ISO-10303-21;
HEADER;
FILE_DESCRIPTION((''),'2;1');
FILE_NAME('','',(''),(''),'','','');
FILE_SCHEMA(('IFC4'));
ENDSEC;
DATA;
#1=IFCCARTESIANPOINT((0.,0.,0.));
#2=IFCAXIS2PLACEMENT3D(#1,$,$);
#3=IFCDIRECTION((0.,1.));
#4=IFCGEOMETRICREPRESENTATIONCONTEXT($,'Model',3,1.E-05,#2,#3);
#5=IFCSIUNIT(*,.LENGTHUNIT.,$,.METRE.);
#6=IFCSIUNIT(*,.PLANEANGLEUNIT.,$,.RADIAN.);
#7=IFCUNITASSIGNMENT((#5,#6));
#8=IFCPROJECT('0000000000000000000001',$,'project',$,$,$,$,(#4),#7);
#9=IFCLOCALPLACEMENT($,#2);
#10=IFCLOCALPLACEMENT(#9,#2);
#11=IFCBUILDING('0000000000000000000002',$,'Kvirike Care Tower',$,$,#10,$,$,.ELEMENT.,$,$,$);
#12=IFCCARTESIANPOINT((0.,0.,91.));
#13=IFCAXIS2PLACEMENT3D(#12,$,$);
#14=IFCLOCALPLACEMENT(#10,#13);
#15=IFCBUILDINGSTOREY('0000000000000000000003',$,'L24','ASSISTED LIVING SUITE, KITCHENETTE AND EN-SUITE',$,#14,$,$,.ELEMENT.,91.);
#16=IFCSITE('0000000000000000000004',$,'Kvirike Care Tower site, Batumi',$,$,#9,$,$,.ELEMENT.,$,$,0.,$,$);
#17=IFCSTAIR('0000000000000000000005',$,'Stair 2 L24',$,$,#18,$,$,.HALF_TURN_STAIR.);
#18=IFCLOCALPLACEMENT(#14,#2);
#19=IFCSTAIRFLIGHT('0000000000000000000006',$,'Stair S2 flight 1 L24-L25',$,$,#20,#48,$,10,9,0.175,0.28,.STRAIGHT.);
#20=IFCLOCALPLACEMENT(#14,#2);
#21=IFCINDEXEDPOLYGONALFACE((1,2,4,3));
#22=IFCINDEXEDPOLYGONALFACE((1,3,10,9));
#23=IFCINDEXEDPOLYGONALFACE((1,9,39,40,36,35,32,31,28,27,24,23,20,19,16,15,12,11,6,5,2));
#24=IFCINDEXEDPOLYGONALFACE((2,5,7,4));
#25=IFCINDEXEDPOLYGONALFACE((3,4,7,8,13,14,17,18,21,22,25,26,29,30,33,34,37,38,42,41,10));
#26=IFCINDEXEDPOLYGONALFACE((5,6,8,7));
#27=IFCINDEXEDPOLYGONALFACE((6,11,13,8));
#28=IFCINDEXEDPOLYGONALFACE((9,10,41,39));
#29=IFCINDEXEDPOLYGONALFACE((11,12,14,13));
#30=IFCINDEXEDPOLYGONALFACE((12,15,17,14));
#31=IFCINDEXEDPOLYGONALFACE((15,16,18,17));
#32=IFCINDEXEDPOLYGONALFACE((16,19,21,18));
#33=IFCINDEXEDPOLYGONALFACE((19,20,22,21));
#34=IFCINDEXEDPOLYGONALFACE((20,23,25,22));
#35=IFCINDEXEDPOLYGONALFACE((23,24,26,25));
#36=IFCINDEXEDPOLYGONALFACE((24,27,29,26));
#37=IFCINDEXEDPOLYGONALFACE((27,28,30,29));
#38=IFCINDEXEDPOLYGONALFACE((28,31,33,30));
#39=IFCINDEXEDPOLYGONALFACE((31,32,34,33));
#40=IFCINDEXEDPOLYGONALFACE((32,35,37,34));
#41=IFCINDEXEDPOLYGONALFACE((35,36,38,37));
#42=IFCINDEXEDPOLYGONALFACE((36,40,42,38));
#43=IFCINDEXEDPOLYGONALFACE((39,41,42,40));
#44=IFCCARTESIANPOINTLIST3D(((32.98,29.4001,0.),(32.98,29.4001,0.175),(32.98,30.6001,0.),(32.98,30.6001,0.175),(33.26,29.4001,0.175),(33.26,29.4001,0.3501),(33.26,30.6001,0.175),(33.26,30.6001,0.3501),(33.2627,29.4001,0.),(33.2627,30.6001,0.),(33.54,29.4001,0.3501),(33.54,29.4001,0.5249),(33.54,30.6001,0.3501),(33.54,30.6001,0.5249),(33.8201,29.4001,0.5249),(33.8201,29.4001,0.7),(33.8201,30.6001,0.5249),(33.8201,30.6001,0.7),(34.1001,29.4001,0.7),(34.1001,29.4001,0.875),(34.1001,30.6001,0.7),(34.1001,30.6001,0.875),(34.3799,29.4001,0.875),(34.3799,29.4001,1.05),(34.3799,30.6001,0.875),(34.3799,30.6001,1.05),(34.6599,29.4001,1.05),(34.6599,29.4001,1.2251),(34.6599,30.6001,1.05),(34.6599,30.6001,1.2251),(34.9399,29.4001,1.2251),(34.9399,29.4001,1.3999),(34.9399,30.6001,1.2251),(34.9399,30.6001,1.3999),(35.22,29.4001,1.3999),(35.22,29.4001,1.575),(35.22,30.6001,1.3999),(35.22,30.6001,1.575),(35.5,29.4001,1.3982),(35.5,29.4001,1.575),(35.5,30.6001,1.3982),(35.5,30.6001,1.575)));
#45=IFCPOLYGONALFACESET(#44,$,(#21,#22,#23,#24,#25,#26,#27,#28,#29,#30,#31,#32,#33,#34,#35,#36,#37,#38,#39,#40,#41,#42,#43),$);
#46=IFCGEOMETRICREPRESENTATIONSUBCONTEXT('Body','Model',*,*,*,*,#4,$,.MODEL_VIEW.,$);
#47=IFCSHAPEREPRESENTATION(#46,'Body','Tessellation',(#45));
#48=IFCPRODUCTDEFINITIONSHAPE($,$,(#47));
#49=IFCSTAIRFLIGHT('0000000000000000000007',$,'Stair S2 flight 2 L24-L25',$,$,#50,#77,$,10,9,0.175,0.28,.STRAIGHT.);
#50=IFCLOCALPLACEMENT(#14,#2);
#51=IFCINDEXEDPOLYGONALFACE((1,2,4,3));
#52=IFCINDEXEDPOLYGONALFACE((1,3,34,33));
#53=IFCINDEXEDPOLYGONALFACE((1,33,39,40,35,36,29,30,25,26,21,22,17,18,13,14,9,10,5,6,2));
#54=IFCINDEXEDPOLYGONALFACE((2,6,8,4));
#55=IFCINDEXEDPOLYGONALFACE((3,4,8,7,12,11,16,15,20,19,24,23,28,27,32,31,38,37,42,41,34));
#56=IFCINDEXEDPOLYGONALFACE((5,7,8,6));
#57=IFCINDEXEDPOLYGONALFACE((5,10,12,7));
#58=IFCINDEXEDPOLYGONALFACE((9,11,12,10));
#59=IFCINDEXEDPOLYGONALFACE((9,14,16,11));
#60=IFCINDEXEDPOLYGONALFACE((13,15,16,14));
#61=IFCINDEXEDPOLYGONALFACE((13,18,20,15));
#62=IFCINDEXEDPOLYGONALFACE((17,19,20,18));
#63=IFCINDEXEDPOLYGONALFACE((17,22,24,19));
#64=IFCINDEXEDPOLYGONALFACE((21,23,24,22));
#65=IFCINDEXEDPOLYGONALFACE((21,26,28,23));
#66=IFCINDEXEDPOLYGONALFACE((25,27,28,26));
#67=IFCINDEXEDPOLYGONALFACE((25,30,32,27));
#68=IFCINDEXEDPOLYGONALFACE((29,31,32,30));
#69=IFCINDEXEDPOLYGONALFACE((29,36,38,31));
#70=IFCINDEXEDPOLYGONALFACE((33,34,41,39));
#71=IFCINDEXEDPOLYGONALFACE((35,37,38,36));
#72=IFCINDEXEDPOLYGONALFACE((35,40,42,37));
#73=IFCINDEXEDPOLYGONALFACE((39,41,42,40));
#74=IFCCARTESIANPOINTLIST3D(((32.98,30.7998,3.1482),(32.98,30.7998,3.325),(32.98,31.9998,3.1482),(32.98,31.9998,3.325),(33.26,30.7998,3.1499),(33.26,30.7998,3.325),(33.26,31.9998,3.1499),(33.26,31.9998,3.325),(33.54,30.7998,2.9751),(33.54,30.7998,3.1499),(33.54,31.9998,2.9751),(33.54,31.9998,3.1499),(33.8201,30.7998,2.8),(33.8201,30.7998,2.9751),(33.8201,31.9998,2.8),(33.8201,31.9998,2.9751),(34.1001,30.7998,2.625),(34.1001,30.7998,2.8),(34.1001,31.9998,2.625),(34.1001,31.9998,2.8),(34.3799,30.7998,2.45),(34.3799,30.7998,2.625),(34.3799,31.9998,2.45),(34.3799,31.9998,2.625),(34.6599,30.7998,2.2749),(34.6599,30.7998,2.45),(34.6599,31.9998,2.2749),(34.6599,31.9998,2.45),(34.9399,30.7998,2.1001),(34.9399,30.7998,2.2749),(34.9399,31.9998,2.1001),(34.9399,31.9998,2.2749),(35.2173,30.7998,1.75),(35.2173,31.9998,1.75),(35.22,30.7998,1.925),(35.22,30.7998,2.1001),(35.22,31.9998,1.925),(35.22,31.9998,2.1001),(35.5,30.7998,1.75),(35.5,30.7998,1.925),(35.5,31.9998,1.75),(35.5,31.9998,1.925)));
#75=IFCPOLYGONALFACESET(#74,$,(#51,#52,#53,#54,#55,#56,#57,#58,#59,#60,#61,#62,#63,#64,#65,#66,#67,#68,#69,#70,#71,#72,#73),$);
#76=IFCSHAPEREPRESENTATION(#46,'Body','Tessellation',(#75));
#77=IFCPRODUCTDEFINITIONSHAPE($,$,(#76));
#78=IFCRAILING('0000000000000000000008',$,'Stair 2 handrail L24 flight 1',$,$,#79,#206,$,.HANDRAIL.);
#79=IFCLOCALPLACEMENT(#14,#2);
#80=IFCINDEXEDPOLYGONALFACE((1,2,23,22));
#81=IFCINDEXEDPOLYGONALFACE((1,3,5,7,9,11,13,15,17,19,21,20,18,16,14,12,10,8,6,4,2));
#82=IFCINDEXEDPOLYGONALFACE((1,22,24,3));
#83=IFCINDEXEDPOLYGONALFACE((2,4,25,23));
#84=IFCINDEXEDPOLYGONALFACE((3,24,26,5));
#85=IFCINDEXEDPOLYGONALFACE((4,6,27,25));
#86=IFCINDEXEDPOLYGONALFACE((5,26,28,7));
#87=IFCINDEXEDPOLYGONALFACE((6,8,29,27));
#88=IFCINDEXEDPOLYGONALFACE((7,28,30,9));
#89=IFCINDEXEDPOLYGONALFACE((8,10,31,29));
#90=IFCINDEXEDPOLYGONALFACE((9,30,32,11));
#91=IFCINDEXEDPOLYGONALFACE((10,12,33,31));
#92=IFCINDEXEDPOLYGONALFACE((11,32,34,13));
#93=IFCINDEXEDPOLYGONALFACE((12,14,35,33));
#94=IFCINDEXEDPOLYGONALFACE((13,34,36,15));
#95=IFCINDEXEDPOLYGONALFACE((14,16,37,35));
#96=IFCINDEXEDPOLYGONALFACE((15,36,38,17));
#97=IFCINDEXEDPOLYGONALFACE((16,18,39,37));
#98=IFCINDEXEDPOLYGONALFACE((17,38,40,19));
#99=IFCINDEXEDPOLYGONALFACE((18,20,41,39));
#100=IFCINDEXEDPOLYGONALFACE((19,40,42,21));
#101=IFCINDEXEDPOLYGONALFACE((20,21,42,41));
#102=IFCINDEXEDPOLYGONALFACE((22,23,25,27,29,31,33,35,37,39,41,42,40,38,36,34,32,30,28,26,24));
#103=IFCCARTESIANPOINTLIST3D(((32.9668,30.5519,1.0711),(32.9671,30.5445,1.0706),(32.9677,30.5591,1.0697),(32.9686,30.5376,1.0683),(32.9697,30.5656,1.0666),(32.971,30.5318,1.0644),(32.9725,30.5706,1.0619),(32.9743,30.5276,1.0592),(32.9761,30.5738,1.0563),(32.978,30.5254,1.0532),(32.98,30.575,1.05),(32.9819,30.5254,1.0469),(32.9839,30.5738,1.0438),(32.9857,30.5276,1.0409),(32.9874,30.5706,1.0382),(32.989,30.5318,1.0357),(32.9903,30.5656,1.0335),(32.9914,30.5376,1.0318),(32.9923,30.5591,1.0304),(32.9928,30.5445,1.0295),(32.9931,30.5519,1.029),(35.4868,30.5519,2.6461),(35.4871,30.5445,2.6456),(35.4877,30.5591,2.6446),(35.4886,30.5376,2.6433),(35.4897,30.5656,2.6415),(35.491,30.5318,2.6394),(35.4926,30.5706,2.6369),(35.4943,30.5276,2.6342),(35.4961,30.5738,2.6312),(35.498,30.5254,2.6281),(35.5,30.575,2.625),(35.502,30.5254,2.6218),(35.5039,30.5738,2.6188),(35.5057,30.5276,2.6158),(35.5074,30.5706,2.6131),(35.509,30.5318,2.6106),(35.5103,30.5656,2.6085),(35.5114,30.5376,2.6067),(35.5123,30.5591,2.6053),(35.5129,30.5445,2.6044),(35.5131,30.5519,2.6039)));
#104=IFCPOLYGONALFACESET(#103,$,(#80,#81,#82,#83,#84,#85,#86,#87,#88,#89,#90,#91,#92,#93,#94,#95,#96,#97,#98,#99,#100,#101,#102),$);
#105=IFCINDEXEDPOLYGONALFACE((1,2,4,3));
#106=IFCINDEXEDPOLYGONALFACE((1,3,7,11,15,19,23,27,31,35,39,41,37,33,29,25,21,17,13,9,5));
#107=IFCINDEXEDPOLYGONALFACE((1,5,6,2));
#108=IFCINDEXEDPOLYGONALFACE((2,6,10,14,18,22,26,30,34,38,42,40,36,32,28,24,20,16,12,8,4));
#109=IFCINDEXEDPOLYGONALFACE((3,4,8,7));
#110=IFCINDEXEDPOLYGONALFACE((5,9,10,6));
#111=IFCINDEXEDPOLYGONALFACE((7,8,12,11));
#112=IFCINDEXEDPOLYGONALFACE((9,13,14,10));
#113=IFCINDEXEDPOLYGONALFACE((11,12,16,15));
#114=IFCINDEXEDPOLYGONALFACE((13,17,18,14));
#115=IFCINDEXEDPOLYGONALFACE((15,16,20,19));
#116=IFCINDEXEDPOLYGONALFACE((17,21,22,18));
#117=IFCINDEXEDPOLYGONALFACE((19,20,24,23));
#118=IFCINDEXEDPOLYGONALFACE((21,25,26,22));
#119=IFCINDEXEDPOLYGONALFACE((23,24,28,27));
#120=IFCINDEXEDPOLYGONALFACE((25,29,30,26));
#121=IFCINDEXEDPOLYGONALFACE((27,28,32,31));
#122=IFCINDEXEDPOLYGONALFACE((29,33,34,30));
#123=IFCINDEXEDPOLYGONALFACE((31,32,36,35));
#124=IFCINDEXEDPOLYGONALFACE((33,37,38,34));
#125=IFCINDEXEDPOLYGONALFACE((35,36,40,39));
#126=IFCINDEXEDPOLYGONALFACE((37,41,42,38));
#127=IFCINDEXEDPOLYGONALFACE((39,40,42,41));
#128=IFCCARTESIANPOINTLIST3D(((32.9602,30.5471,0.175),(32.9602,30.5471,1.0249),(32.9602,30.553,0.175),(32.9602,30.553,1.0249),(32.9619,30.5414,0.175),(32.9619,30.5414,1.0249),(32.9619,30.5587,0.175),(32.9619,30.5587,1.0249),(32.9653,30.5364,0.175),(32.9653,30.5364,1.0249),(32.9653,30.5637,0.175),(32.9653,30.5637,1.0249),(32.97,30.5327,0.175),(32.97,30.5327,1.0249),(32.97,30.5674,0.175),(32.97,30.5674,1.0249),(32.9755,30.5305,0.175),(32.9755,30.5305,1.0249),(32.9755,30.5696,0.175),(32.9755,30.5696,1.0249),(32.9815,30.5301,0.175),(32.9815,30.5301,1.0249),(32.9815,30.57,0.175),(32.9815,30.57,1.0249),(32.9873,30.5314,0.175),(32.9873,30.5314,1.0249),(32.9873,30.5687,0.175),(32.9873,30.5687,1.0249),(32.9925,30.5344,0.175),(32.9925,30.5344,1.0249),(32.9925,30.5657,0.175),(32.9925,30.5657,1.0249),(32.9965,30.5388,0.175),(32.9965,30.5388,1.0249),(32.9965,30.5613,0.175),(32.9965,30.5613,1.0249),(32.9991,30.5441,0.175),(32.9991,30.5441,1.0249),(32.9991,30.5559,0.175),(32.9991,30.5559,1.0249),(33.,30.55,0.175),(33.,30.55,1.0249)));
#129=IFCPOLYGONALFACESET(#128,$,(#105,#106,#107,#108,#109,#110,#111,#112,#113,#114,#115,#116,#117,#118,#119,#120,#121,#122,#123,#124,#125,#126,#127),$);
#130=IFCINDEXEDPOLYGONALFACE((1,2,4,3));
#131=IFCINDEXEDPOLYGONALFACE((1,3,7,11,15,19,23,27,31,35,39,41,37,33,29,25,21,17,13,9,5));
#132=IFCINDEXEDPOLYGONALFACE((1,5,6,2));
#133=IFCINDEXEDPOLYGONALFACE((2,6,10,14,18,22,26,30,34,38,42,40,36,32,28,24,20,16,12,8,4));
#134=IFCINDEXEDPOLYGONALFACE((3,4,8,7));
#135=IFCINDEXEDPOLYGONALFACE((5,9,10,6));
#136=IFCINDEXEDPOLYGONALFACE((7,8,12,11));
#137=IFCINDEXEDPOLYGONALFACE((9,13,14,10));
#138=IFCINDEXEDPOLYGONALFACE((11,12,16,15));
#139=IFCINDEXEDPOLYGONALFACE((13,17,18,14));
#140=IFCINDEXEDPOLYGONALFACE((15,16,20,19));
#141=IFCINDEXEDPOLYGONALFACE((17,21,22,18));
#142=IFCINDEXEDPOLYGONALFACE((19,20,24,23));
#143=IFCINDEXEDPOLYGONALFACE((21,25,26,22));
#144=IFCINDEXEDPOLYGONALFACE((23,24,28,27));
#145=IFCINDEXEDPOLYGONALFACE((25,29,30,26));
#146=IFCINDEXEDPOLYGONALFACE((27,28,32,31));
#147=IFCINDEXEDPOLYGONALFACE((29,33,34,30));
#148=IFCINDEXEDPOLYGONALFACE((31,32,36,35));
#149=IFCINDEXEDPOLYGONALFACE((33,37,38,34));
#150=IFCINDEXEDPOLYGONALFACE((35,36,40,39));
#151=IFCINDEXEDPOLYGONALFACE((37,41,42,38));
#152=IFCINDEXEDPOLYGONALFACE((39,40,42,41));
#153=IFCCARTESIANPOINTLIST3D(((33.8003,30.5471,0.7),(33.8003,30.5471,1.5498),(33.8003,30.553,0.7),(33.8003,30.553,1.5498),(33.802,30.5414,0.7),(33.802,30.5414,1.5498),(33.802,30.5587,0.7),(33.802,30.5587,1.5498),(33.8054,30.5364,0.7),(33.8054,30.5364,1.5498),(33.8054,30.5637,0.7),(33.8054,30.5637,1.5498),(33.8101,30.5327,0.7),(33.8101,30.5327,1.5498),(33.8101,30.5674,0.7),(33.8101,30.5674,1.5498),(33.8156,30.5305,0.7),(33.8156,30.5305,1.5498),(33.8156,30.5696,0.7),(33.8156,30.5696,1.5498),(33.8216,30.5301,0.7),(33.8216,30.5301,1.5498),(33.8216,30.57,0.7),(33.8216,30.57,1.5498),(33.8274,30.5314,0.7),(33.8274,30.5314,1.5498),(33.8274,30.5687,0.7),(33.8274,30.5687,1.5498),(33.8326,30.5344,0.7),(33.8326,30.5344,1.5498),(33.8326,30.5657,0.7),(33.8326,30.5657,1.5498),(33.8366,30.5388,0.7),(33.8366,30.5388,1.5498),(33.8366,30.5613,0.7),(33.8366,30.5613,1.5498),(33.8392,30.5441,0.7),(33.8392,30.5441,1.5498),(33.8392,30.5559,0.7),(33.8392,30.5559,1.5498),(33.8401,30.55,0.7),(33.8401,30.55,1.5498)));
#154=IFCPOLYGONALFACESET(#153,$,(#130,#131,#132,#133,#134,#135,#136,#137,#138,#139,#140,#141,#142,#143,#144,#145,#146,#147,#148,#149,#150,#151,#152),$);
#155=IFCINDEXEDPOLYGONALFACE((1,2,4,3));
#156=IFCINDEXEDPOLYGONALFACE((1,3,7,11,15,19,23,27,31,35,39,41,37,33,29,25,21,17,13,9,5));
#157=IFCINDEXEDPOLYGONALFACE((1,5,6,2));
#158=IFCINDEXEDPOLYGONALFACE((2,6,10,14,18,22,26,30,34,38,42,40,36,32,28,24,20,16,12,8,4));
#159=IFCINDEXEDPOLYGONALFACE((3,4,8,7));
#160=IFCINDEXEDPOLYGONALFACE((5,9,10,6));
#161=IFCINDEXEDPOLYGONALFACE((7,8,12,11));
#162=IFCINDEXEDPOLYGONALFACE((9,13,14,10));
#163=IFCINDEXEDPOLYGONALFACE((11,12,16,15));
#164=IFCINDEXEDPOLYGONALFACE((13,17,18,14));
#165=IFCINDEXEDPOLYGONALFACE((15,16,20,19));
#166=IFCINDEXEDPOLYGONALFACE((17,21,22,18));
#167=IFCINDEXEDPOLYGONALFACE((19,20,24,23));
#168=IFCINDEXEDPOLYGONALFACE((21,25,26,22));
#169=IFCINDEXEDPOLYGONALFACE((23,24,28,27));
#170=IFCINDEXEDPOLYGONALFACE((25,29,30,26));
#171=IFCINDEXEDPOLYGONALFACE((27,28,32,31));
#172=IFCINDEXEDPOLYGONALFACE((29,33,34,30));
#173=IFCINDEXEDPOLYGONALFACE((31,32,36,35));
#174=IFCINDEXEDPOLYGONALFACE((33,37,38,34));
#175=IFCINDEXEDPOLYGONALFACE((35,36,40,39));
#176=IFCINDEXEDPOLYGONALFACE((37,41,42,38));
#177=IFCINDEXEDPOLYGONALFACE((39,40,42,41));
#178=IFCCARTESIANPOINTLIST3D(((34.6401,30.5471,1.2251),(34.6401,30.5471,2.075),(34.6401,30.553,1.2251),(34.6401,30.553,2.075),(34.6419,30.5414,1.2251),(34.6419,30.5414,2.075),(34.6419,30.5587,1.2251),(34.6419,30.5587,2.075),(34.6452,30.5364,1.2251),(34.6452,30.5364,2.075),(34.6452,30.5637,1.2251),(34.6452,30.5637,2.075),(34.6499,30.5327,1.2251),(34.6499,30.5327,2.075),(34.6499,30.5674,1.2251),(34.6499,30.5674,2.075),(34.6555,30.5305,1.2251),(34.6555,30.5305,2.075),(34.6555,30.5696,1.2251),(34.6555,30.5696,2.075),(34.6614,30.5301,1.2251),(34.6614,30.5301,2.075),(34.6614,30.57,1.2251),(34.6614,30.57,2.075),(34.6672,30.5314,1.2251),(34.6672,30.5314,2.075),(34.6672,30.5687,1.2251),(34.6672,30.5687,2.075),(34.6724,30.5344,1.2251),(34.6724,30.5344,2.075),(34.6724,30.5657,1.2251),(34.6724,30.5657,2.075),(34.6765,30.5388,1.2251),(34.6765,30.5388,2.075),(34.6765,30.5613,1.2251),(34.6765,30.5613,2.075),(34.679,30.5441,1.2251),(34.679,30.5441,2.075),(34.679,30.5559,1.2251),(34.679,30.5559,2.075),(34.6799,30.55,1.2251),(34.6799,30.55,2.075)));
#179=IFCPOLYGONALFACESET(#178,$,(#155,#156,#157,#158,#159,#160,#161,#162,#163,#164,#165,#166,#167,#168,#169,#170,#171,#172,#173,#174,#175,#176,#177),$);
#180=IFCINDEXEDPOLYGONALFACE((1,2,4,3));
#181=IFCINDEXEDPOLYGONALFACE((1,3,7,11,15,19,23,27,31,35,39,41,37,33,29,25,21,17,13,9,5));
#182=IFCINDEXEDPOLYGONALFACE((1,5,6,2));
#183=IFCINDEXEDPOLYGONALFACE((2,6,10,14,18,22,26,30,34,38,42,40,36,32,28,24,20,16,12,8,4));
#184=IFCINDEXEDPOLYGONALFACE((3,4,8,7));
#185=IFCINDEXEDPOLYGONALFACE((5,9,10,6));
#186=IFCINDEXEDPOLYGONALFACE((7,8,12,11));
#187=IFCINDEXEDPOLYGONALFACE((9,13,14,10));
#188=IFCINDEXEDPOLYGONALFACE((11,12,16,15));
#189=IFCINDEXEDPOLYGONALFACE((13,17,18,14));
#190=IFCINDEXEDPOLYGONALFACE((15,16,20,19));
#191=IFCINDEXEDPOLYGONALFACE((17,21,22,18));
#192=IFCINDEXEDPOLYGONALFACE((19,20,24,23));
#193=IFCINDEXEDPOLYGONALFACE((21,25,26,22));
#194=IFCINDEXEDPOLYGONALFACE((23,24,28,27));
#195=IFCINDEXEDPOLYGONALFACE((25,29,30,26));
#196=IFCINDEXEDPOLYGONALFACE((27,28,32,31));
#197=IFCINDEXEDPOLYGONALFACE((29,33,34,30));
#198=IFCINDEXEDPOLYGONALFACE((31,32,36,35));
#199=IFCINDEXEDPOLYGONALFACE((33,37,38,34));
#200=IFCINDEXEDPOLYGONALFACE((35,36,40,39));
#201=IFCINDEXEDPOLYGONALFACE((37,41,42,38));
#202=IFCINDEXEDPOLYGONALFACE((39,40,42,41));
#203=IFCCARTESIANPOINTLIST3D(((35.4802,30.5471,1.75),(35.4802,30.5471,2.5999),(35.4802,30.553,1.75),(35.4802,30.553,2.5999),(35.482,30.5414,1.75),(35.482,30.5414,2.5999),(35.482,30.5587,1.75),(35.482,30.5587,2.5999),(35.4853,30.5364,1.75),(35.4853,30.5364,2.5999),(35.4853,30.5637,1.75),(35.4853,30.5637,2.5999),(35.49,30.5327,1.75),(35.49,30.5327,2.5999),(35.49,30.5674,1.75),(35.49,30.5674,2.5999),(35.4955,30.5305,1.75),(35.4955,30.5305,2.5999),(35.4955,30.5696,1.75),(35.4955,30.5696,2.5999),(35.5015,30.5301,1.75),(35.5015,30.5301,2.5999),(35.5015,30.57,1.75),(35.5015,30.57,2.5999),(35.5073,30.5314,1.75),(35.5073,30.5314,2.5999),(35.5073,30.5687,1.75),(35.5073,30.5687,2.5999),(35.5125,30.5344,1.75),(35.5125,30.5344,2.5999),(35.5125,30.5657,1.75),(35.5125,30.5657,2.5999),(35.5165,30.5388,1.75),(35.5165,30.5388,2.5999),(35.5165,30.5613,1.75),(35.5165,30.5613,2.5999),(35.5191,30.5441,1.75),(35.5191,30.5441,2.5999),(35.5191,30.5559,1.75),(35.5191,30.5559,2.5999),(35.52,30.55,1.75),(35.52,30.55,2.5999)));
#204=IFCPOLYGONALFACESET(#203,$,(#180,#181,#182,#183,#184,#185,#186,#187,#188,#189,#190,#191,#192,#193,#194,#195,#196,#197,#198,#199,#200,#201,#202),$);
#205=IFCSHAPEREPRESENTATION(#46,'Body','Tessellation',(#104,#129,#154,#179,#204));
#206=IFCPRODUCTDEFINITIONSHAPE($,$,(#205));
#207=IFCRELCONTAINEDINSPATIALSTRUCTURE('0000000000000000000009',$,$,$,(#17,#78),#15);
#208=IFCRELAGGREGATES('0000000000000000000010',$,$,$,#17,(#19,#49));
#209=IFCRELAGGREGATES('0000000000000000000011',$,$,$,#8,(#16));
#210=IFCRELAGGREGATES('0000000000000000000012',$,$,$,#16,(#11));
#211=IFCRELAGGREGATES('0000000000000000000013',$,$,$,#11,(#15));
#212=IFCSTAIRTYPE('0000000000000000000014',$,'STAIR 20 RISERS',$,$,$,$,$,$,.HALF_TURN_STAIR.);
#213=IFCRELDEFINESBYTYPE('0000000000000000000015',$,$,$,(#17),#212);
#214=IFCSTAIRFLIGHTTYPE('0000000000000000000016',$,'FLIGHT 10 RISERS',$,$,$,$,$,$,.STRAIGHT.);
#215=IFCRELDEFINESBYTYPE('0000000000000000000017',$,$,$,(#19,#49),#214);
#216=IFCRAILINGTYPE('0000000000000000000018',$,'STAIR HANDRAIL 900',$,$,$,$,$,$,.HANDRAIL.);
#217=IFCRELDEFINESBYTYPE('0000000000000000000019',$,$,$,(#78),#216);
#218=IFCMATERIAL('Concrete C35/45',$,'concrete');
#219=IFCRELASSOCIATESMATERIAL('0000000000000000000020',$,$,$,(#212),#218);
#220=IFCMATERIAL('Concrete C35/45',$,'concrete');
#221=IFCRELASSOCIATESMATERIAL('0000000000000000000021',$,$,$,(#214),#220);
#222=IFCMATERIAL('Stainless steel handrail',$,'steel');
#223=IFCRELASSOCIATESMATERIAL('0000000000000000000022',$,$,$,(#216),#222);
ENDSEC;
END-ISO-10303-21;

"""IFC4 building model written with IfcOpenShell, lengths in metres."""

from ifc_helpers import new_model, si_unit, direction, frame, origin, origin_2d, place, context, subcontext, project, spatial, polyline, circle, outline, extrude, material, type_object, element, aggregate, save


model = new_model("IFC4")

# Units and contexts
model_context = context("Model", 3, precision=1e-05, world=origin(), true_north=direction((0.0, 1.0)))
body_context = subcontext(model_context, "Body", "Model", "MODEL_VIEW")
ifc_project = project(units=[si_unit("LENGTHUNIT", "METRE"), si_unit("PLANEANGLEUNIT", "RADIAN")], contexts=[model_context])

# Site, building, storey
site_placement = place(None, origin())
site = spatial("IfcSite", under=ifc_project, at=site_placement, Name="Kvirike Care Tower site, Batumi", CompositionType="ELEMENT", RefElevation=0.0)
building_placement = place(site_placement, origin())
building = spatial("IfcBuilding", under=site, at=building_placement, Name="Kvirike Care Tower", CompositionType="ELEMENT")
storey_placement = place(building_placement, frame((0.0, 0.0, 91.0)))
storey = spatial("IfcBuildingStorey", under=building, at=storey_placement, Name="L24", Description="ASSISTED LIVING SUITE, KITCHENETTE AND EN-SUITE", CompositionType="ELEMENT", Elevation=91.0)

# Stair, stair flights
ifc_material_1 = material(Name="Concrete C35/45", Category="concrete")
stair_type = type_object("IfcStairType", Name="STAIR 20 RISERS", PredefinedType="HALF_TURN_STAIR", material=ifc_material_1)
stair_placement = place(storey_placement, origin())
stair = element("IfcStair", 1, at=stair_placement, inside=storey, type_object=stair_type, Name="Stair 2 L24", PredefinedType="HALF_TURN_STAIR")
ifc_material_2 = material(Name="Concrete C35/45", Category="concrete")
stair_flight_type = type_object("IfcStairFlightType", Name="FLIGHT 10 RISERS", PredefinedType="STRAIGHT", material=ifc_material_2)
stair_flight_1_placement = place(storey_placement, frame((32.98, 30.0, 0.0), z_axis=(0.0, 0.0, 1.0), x_axis=(1.0, 0.0, 0.0)))
stair_flight_1 = element("IfcStairFlight", 2, at=stair_flight_1_placement, type_object=stair_flight_type, Name="Stair S2 flight 1 L24-L25", NumberOfRisers=10, NumberOfTreads=9, PredefinedType="STRAIGHT", RiserHeight=0.175, TreadLength=0.28, context=body_context, shape_type="SweptSolid", body=[
    extrude(outline(polyline([(0.0, 0.0), (0.0, 0.175), (0.28, 0.175), (0.28, 0.3501), (0.5601, 0.3501), (0.5601, 0.5249), (0.8401, 0.5249), (0.8401, 0.7), (1.1201, 0.7), (1.1201, 0.875), (1.3999, 0.875), (1.3999, 1.05), (1.6799, 1.05), (1.6799, 1.2251), (1.96, 1.2251), (1.96, 1.3999), (2.24, 1.3999), (2.24, 1.575), (2.52, 1.575), (2.52, 1.75), (2.52, 1.3982), (0.2827, 0.0), (0.0, 0.0)])), frame((0.0, 0.6001, 0.0), z_axis=(0.0, -1.0, 0.0), x_axis=(1.0, 0.0, 0.0)), (0.0, 0.0, 1.0), 1.2),
])
stair_flight_2_placement = place(storey_placement, frame((35.5, 31.3999, 1.75), z_axis=(0.0, 0.0, 1.0), x_axis=(-1.0, 0.0, 0.0)))
stair_flight_2 = element("IfcStairFlight", 3, at=stair_flight_2_placement, type_object=stair_flight_type, Name="Stair S2 flight 2 L24-L25", NumberOfRisers=10, NumberOfTreads=9, PredefinedType="STRAIGHT", RiserHeight=0.175, TreadLength=0.28, context=body_context, shape_type="SweptSolid", body=[
    extrude(outline(polyline([(0.0, 0.0), (0.0, 0.175), (0.28, 0.175), (0.28, 0.3501), (0.5601, 0.3501), (0.5601, 0.5249), (0.8401, 0.5249), (0.8401, 0.7), (1.1201, 0.7), (1.1201, 0.875), (1.3999, 0.875), (1.3999, 1.05), (1.6799, 1.05), (1.6799, 1.2251), (1.96, 1.2251), (1.96, 1.3999), (2.24, 1.3999), (2.24, 1.575), (2.52, 1.575), (2.52, 1.75), (2.52, 1.3982), (0.2827, 0.0), (0.0, 0.0)])), frame((0.0, 0.6001, 0.0), z_axis=(0.0, -1.0, 0.0), x_axis=(1.0, 0.0, 0.0)), (0.0, 0.0, 1.0), 1.2),
])
aggregate(stair, [stair_flight_1, stair_flight_2])

# Railing
ifc_material_3 = material(Name="Stainless steel handrail", Category="steel")
railing_type = type_object("IfcRailingType", Name="STAIR HANDRAIL 900", PredefinedType="HANDRAIL", material=ifc_material_3)
railing_1_placement = place(storey_placement, frame((32.98, 30.55, 0.175)))
element("IfcRailing", 4, at=railing_1_placement, inside=storey, type_object=railing_type, Name="Stair 2 handrail L24 flight 1", PredefinedType="HANDRAIL", context=body_context, shape_type="SweptSolid", body=[
    extrude(circle(Radius=0.0249, at=origin_2d()), frame((0.0, 0.0, 0.875), z_axis=(0.848008, 0.0, 0.529984), x_axis=(0.0, 1.0, 0.0)), (0.0, 0.0, 1.0), 2.9717),
    extrude(circle(Radius=0.02, at=origin_2d()), origin(), (0.0, 0.0, 1.0), 0.8499),
    extrude(circle(Radius=0.02, at=origin_2d()), frame((0.8401, 0.0, 0.5249)), (0.0, 0.0, 1.0), 0.8499),
    extrude(circle(Radius=0.02, at=origin_2d()), frame((1.6799, 0.0, 1.05)), (0.0, 0.0, 1.0), 0.8499),
    extrude(circle(Radius=0.02, at=origin_2d()), frame((2.52, 0.0, 1.575)), (0.0, 0.0, 1.0), 0.8499),
])

save(model, "model.ifc")
